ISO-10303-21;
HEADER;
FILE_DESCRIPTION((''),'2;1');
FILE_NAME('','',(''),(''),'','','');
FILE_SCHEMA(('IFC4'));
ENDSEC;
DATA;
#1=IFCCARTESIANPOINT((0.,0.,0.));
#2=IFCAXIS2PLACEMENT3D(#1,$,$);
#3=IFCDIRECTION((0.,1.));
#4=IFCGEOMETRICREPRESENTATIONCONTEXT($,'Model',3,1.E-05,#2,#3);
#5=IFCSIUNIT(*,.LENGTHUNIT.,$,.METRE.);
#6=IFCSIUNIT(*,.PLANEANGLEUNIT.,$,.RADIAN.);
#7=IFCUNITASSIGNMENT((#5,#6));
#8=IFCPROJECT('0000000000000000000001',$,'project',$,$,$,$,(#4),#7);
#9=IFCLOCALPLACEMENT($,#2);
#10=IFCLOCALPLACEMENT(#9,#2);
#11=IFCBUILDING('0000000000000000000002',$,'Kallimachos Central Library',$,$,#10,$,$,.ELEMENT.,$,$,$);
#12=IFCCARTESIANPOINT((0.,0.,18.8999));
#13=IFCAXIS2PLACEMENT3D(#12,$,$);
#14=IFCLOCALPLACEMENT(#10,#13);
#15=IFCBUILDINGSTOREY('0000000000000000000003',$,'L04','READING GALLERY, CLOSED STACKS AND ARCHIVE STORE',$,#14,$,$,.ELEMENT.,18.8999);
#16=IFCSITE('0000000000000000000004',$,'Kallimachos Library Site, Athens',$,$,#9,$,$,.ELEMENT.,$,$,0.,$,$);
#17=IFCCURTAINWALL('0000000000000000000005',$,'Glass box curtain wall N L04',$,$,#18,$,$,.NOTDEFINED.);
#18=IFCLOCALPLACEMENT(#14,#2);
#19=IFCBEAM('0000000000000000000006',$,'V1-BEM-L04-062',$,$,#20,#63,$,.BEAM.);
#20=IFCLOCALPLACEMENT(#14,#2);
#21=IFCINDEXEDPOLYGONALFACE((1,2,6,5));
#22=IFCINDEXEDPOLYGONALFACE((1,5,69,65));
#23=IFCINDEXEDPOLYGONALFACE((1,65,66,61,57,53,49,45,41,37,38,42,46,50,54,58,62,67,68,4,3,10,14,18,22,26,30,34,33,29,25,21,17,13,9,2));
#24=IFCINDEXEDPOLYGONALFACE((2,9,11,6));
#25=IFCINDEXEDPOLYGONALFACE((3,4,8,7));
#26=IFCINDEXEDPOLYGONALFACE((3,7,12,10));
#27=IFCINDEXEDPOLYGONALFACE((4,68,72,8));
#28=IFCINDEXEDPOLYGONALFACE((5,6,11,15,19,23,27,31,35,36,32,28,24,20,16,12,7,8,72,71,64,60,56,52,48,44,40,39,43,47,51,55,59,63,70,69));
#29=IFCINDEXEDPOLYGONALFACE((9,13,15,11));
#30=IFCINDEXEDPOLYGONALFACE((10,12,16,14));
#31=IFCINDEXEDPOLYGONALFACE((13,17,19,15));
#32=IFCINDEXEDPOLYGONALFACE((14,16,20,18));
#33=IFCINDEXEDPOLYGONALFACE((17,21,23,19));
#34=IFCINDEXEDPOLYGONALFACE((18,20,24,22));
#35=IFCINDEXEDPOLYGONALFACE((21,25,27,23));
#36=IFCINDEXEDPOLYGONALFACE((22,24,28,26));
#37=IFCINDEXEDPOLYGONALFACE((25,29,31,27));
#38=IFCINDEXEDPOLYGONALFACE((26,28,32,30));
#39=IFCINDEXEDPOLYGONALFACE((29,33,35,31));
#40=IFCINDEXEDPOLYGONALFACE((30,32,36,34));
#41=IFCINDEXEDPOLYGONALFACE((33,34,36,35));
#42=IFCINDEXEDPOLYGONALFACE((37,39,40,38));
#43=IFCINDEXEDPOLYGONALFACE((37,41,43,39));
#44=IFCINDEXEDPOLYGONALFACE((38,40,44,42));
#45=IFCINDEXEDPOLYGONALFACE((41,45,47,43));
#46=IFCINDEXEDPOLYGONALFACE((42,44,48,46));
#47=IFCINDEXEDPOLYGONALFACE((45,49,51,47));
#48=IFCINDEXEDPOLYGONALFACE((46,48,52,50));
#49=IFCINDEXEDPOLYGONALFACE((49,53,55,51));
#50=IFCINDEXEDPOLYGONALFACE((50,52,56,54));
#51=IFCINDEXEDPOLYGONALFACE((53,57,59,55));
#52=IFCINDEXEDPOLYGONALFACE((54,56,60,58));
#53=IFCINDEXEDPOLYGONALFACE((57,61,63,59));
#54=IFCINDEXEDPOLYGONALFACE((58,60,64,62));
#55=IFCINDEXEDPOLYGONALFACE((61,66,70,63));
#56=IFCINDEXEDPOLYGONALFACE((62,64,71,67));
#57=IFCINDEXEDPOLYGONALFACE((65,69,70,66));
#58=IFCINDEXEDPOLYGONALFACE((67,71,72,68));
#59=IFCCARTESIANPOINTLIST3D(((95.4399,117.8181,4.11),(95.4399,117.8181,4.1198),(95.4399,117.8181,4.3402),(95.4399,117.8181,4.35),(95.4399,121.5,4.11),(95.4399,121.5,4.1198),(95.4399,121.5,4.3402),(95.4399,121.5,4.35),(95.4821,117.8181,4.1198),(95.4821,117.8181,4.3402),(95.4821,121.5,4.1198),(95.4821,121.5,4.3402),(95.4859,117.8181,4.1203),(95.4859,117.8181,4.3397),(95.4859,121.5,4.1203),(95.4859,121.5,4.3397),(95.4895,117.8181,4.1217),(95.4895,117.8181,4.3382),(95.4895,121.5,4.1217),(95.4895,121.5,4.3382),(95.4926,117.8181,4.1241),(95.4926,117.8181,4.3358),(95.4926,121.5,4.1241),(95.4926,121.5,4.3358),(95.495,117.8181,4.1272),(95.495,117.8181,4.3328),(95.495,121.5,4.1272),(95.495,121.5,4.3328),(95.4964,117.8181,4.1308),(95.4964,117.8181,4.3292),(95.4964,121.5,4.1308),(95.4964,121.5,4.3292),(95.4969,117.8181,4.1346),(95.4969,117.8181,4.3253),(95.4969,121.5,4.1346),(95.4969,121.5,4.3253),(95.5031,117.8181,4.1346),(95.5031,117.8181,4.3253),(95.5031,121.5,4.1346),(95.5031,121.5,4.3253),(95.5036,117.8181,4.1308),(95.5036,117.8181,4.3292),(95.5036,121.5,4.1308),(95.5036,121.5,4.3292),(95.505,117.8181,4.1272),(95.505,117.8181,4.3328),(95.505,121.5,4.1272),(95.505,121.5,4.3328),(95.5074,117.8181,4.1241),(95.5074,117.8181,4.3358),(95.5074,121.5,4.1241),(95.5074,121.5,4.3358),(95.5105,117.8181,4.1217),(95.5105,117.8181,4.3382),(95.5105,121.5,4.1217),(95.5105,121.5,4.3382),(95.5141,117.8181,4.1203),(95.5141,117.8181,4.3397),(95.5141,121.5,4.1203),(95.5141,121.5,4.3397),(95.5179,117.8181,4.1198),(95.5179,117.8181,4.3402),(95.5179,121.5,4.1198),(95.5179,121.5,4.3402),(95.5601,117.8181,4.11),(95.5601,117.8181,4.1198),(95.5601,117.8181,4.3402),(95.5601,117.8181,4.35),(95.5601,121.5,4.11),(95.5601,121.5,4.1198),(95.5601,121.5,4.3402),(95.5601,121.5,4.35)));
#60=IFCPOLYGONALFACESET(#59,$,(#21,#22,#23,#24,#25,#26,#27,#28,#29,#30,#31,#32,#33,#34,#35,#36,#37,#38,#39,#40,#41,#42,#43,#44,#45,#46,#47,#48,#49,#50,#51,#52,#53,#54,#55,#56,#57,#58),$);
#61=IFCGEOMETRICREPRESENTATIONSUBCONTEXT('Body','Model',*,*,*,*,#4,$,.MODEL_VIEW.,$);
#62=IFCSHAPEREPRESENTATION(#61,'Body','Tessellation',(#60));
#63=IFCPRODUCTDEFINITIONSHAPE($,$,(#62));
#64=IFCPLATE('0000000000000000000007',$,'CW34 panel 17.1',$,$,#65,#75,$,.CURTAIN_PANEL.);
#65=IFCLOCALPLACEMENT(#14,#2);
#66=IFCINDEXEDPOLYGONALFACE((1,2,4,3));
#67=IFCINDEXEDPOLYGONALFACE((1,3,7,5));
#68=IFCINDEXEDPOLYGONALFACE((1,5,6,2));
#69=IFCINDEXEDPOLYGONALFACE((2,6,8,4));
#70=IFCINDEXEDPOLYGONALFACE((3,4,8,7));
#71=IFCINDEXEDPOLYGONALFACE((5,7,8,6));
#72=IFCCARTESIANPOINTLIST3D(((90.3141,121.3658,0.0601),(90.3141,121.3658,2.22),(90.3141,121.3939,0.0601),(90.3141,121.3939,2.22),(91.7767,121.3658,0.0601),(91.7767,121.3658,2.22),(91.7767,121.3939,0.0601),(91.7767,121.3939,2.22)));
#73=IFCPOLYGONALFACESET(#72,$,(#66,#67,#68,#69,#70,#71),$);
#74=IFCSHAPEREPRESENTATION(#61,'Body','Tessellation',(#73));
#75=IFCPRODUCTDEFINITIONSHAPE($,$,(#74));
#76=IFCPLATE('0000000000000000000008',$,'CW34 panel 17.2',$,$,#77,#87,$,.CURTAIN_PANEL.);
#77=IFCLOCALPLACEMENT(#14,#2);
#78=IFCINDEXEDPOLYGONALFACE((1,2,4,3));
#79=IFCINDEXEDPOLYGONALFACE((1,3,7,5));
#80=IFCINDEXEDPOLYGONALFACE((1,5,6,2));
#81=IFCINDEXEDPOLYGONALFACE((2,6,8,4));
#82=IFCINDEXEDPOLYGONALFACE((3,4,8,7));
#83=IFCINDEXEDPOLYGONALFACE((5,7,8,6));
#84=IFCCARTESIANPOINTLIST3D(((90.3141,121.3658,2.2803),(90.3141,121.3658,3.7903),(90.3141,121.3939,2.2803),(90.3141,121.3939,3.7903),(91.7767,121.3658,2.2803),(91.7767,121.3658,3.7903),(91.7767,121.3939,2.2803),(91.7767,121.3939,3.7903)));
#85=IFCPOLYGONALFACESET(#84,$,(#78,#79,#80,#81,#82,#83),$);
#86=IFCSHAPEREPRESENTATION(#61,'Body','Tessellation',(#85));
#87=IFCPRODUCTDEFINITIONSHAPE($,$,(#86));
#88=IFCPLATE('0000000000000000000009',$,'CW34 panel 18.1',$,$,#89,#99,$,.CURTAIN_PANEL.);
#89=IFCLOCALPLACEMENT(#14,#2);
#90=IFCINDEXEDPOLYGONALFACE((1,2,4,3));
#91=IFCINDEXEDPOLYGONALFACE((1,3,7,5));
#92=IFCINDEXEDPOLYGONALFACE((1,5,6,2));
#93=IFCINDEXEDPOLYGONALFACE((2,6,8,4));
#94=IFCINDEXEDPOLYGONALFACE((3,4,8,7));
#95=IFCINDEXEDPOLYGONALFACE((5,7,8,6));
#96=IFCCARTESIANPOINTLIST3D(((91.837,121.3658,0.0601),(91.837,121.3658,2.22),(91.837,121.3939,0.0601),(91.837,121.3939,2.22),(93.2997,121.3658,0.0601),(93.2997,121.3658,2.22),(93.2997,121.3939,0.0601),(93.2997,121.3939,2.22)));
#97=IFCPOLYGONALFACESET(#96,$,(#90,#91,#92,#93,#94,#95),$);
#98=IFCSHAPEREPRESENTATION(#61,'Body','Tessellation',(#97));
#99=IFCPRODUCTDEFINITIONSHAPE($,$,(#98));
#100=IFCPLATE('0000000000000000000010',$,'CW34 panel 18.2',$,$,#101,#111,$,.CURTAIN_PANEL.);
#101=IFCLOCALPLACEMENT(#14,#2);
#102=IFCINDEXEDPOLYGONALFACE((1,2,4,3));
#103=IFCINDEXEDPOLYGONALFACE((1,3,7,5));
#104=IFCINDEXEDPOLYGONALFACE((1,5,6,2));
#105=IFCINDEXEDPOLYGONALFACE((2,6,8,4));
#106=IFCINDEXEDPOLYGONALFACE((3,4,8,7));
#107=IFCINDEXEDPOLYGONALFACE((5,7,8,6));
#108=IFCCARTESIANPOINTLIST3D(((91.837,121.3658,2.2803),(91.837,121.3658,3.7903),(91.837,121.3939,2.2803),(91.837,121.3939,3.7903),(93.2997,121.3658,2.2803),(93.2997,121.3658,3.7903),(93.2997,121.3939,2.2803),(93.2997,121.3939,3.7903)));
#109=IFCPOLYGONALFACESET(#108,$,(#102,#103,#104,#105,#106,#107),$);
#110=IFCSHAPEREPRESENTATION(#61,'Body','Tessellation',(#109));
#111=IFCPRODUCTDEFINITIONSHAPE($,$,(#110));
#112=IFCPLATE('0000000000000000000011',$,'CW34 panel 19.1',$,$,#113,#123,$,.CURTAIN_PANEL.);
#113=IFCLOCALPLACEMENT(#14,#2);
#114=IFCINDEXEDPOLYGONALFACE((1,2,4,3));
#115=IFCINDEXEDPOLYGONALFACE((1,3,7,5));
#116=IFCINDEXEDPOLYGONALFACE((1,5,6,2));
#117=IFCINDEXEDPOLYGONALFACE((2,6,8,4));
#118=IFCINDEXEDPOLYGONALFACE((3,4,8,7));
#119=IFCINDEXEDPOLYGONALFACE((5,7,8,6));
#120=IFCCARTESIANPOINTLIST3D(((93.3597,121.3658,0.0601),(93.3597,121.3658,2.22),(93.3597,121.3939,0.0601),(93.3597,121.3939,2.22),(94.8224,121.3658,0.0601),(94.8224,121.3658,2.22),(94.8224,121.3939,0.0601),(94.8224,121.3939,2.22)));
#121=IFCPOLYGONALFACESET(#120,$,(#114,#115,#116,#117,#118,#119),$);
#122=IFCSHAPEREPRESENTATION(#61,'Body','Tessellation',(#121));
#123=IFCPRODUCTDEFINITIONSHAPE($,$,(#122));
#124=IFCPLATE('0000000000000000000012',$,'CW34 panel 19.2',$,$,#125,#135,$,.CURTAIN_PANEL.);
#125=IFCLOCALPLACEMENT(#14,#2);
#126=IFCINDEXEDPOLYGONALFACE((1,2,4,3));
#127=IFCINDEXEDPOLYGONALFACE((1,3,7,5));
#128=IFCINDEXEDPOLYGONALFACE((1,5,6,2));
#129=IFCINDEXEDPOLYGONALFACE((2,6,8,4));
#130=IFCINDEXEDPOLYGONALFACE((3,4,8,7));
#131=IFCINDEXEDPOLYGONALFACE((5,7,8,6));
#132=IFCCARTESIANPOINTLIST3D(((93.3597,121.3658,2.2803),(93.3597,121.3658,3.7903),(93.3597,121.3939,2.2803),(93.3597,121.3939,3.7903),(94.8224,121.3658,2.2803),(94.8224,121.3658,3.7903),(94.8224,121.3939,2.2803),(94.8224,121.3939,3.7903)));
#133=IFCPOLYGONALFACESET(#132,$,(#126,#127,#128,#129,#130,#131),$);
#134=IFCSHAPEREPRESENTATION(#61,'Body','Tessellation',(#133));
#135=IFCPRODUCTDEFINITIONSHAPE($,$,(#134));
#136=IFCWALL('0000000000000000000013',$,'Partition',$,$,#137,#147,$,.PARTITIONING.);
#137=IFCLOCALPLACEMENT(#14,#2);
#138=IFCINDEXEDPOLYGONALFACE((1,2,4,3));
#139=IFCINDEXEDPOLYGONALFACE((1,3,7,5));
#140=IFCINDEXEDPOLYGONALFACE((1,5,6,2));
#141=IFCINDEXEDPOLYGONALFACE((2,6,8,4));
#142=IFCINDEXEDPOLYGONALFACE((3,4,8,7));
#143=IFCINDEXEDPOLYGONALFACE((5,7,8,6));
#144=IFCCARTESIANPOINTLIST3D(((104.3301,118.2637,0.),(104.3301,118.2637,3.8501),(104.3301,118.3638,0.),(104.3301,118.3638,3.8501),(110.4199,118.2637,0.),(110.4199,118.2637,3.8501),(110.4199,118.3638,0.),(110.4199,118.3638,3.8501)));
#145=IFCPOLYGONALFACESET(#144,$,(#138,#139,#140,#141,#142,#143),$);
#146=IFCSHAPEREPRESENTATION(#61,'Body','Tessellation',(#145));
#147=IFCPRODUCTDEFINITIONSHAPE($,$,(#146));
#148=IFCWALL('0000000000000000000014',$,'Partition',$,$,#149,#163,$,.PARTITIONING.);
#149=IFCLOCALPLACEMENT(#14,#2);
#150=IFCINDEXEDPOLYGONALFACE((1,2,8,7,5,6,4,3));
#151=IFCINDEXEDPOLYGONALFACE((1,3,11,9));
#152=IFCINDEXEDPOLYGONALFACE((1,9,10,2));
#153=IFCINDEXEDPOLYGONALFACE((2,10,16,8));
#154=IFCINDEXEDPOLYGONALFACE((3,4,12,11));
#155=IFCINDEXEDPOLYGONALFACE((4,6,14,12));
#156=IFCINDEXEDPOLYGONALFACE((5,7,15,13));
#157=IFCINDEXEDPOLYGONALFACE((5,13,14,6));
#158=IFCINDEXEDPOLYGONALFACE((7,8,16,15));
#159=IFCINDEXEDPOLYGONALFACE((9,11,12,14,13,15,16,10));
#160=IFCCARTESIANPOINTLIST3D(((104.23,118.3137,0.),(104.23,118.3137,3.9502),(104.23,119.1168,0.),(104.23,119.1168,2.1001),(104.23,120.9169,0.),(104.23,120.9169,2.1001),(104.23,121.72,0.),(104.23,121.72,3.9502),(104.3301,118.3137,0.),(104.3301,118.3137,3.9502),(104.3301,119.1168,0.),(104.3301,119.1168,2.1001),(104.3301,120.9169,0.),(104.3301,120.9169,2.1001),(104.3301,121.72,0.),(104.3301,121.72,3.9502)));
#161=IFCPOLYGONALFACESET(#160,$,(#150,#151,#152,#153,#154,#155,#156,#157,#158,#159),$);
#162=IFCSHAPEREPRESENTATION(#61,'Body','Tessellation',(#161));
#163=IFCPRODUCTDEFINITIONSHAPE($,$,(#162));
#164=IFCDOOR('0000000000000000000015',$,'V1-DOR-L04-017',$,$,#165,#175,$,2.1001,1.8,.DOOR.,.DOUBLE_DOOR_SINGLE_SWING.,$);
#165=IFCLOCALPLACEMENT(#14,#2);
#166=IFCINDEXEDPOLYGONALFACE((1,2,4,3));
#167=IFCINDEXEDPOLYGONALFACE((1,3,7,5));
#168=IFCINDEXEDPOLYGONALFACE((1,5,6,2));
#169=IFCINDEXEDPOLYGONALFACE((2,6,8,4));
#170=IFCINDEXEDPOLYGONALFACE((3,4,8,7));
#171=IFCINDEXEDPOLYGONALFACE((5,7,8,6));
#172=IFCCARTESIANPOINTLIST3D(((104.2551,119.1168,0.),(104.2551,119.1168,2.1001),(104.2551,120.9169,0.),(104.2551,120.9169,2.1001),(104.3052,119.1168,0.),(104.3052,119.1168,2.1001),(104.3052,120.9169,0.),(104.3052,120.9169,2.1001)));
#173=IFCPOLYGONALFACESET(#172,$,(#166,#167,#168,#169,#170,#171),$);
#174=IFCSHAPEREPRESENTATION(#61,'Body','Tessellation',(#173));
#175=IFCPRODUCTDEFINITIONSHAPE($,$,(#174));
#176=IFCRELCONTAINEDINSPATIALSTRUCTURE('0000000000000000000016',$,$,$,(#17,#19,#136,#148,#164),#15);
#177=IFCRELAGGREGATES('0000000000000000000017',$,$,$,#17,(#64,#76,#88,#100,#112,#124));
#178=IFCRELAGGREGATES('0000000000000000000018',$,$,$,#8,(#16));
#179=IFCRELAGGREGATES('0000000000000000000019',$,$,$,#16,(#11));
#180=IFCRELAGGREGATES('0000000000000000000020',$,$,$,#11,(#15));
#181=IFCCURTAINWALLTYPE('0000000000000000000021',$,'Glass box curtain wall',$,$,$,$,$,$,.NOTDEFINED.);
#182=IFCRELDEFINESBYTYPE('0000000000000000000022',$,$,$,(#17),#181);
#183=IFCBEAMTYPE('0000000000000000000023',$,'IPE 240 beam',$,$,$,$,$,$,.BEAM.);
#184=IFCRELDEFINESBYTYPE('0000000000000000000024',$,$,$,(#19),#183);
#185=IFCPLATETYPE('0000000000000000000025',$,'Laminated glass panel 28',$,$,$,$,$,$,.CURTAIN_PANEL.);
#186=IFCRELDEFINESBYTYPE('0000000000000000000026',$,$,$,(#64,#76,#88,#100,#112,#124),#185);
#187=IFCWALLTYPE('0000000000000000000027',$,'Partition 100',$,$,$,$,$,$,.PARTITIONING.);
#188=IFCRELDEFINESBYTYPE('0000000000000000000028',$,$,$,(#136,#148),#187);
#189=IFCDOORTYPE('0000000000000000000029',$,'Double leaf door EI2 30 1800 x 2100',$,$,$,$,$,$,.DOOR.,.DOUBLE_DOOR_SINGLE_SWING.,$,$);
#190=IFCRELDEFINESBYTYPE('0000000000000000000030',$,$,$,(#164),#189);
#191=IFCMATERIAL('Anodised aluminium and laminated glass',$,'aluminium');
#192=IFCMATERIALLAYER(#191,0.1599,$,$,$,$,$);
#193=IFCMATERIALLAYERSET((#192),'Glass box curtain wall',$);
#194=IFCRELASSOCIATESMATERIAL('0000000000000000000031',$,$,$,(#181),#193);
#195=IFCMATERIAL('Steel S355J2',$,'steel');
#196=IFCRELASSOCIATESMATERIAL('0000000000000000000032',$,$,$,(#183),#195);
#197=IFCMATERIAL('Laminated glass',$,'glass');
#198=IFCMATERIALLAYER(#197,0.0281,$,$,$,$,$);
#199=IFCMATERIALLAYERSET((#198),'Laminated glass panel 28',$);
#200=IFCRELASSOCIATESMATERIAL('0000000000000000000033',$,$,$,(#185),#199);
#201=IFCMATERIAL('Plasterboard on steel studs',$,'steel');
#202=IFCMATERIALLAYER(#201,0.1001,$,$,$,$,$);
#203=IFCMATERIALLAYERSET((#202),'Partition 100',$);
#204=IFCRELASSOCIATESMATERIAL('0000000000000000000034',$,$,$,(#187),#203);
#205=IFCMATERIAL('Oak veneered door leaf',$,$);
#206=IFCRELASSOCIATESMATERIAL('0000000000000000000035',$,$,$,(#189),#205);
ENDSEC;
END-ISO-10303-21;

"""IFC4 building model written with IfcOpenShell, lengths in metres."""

from ifc_helpers import new_model, si_unit, direction, frame, frame_2d, origin, origin_2d, place, context, subcontext, project, spatial, rectangle, i_section, extrude, material, layer, layer_set, material_profile, profile_set, type_object, element, fill, aggregate, save


model = new_model("IFC4")

# Units and contexts
model_context = context("Model", 3, precision=1e-05, world=origin(), true_north=direction((0.0, 1.0)))
body_context = subcontext(model_context, "Body", "Model", "MODEL_VIEW")
ifc_project = project(units=[si_unit("LENGTHUNIT", "METRE"), si_unit("PLANEANGLEUNIT", "RADIAN")], contexts=[model_context])

# Site, building, storey
site_placement = place(None, origin())
site = spatial("IfcSite", under=ifc_project, at=site_placement, Name="Kallimachos Library Site, Athens", CompositionType="ELEMENT", RefElevation=0.0)
building_placement = place(site_placement, origin())
building = spatial("IfcBuilding", under=site, at=building_placement, Name="Kallimachos Central Library", CompositionType="ELEMENT")
storey_placement = place(building_placement, frame((0.0, 0.0, 18.8999)))
storey = spatial("IfcBuildingStorey", under=building, at=storey_placement, Name="L04", Description="READING GALLERY, CLOSED STACKS AND ARCHIVE STORE", CompositionType="ELEMENT", Elevation=18.8999)

# Curtain wall
ifc_material_1 = material(Name="Anodised aluminium and laminated glass", Category="aluminium")
ifc_layer_1 = layer(ifc_material_1, 0.1599)
ifc_layer_set_1 = layer_set([ifc_layer_1], Name="Glass box curtain wall")
curtain_wall_type = type_object("IfcCurtainWallType", Name="Glass box curtain wall", PredefinedType="NOTDEFINED", material=ifc_layer_set_1)
curtain_wall_placement = place(storey_placement, origin())
curtain_wall = element("IfcCurtainWall", 1, at=curtain_wall_placement, inside=storey, type_object=curtain_wall_type, Name="Glass box curtain wall N L04", PredefinedType="NOTDEFINED")

# Beam
ifc_material_2 = material(Name="Steel S355J2", Category="steel")
ifc_material_profile_1 = material_profile(ifc_material_2, i_section(OverallWidth=0.1201, OverallDepth=0.24, WebThickness=0.0061, FlangeThickness=0.0098, FilletRadius=0.0149, at=origin_2d()), Name="IPE 240")
ifc_profile_set_1 = profile_set([ifc_material_profile_1], Name="Steel S355J2")
beam_type_1 = type_object("IfcBeamType", Name="IPE 240 beam", PredefinedType="BEAM", material=ifc_profile_set_1)
beam_1_placement = place(storey_placement, frame((95.5, 117.8181, 4.23), z_axis=(0.0, 1.0, 0.0), x_axis=(-1.0, 0.0, 0.0)))
element("IfcBeam", 2, at=beam_1_placement, inside=storey, type_object=beam_type_1, Name="V1-BEM-L04-062", PredefinedType="BEAM", context=body_context, shape_type="SweptSolid", body=[
    extrude(i_section(OverallWidth=0.1201, OverallDepth=0.24, WebThickness=0.0061, FlangeThickness=0.0098, FilletRadius=0.0149, at=origin_2d()), origin(), (0.0, 0.0, 1.0), 3.6819),
])

# Plates
ifc_material_3 = material(Name="Laminated glass", Category="glass")
ifc_layer_2 = layer(ifc_material_3, 0.0281)
ifc_layer_set_2 = layer_set([ifc_layer_2], Name="Laminated glass panel 28")
plate_type = type_object("IfcPlateType", Name="Laminated glass panel 28", PredefinedType="CURTAIN_PANEL", material=ifc_layer_set_2)
plate_1_placement = place(storey_placement, frame((91.0454, 121.3799, 0.0601), z_axis=(0.0, 0.0, 1.0), x_axis=(1.0, 0.0, 0.0)))
plate_1 = element("IfcPlate", 3, at=plate_1_placement, type_object=plate_type, Name="CW34 panel 17.1", PredefinedType="CURTAIN_PANEL", context=body_context, shape_type="SweptSolid", body=[
    extrude(rectangle(XDim=1.4626, YDim=0.0281, at=origin_2d()), origin(), (0.0, 0.0, 1.0), 2.1599),
])
plate_2_placement = place(storey_placement, frame((91.0454, 121.3799, 2.2803), z_axis=(0.0, 0.0, 1.0), x_axis=(1.0, 0.0, 0.0)))
plate_2 = element("IfcPlate", 4, at=plate_2_placement, type_object=plate_type, Name="CW34 panel 17.2", PredefinedType="CURTAIN_PANEL", context=body_context, shape_type="SweptSolid", body=[
    extrude(rectangle(XDim=1.4626, YDim=0.0281, at=origin_2d()), origin(), (0.0, 0.0, 1.0), 1.51),
])
plate_3_placement = place(storey_placement, frame((92.5684, 121.3799, 0.0601), z_axis=(0.0, 0.0, 1.0), x_axis=(1.0, 0.0, 0.0)))
plate_3 = element("IfcPlate", 5, at=plate_3_placement, type_object=plate_type, Name="CW34 panel 18.1", PredefinedType="CURTAIN_PANEL", context=body_context, shape_type="SweptSolid", body=[
    extrude(rectangle(XDim=1.4626, YDim=0.0281, at=origin_2d()), origin(), (0.0, 0.0, 1.0), 2.1599),
])
plate_4_placement = place(storey_placement, frame((92.5684, 121.3799, 2.2803), z_axis=(0.0, 0.0, 1.0), x_axis=(1.0, 0.0, 0.0)))
plate_4 = element("IfcPlate", 6, at=plate_4_placement, type_object=plate_type, Name="CW34 panel 18.2", PredefinedType="CURTAIN_PANEL", context=body_context, shape_type="SweptSolid", body=[
    extrude(rectangle(XDim=1.4626, YDim=0.0281, at=origin_2d()), origin(), (0.0, 0.0, 1.0), 1.51),
])
plate_5_placement = place(storey_placement, frame((94.0911, 121.3799, 0.0601), z_axis=(0.0, 0.0, 1.0), x_axis=(1.0, 0.0, 0.0)))
plate_5 = element("IfcPlate", 7, at=plate_5_placement, type_object=plate_type, Name="CW34 panel 19.1", PredefinedType="CURTAIN_PANEL", context=body_context, shape_type="SweptSolid", body=[
    extrude(rectangle(XDim=1.4626, YDim=0.0281, at=origin_2d()), origin(), (0.0, 0.0, 1.0), 2.1599),
])
plate_6_placement = place(storey_placement, frame((94.0911, 121.3799, 2.2803), z_axis=(0.0, 0.0, 1.0), x_axis=(1.0, 0.0, 0.0)))
plate_6 = element("IfcPlate", 8, at=plate_6_placement, type_object=plate_type, Name="CW34 panel 19.2", PredefinedType="CURTAIN_PANEL", context=body_context, shape_type="SweptSolid", body=[
    extrude(rectangle(XDim=1.4626, YDim=0.0281, at=origin_2d()), origin(), (0.0, 0.0, 1.0), 1.51),
])
aggregate(curtain_wall, [plate_1, plate_2, plate_3, plate_4, plate_5, plate_6])

# Wall
ifc_material_4 = material(Name="Plasterboard on steel studs", Category="steel")
ifc_layer_3 = layer(ifc_material_4, 0.1001)
ifc_layer_set_3 = layer_set([ifc_layer_3], Name="Partition 100")
wall_type = type_object("IfcWallType", Name="Partition 100", PredefinedType="PARTITIONING", material=ifc_layer_set_3)
wall_1_placement = place(storey_placement, frame((104.3301, 118.3137, 0.0), z_axis=(0.0, 0.0, 1.0), x_axis=(1.0, 0.0, 0.0)))
element("IfcWall", 9, at=wall_1_placement, inside=storey, type_object=wall_type, Name="Partition", PredefinedType="PARTITIONING", context=body_context, shape_type="SweptSolid", body=[
    extrude(rectangle(XDim=6.0898, YDim=0.1001, at=frame_2d((3.0449, 0.0))), origin(), (0.0, 0.0, 1.0), 3.8501),
])

# Wall, opening, door
wall_2_placement = place(storey_placement, frame((104.28, 118.3137, 0.0), z_axis=(0.0, 0.0, 1.0), x_axis=(0.0, 1.0, 0.0)))
wall_2 = element("IfcWall", 10, at=wall_2_placement, inside=storey, type_object=wall_type, Name="Partition", PredefinedType="PARTITIONING", context=body_context, shape_type="SweptSolid", body=[
    extrude(rectangle(XDim=3.4062, YDim=0.1001, at=frame_2d((1.7031, 0.0))), origin(), (0.0, 0.0, 1.0), 3.9502),
])
opening_placement = place(wall_2_placement, frame((0.8032, 0.0, 0.0)))
opening = element("IfcOpeningElement", 11, at=opening_placement, cuts=wall_2, PredefinedType="OPENING", context=body_context, shape_type="SweptSolid", body=[
    extrude(rectangle(XDim=1.8, YDim=2.1001, at=frame_2d((0.8999, 1.05))), frame((0.0, 0.0601, 0.0), z_axis=(0.0, -1.0, 0.0), x_axis=(1.0, 0.0, 0.0)), (0.0, 0.0, 1.0), 0.1201),
])
ifc_material_5 = material(Name="Oak veneered door leaf")
door_type = type_object("IfcDoorType", Name="Double leaf door EI2 30 1800 x 2100", OperationType="DOUBLE_DOOR_SINGLE_SWING", PredefinedType="DOOR", material=ifc_material_5)
door_placement = place(opening_placement, origin())
door = element("IfcDoor", 12, at=door_placement, inside=storey, type_object=door_type, Name="V1-DOR-L04-017", OperationType="DOUBLE_DOOR_SINGLE_SWING", OverallHeight=2.1001, OverallWidth=1.8, PredefinedType="DOOR", context=body_context, shape_type="SweptSolid", body=[
    extrude(rectangle(XDim=1.8, YDim=2.1001, at=frame_2d((0.8999, 1.05))), frame((0.0, 0.0249, 0.0), z_axis=(0.0, -1.0, 0.0), x_axis=(1.0, 0.0, 0.0)), (0.0, 0.0, 1.0), 0.05),
])
fill(opening, door)

save(model, "model.ifc")
